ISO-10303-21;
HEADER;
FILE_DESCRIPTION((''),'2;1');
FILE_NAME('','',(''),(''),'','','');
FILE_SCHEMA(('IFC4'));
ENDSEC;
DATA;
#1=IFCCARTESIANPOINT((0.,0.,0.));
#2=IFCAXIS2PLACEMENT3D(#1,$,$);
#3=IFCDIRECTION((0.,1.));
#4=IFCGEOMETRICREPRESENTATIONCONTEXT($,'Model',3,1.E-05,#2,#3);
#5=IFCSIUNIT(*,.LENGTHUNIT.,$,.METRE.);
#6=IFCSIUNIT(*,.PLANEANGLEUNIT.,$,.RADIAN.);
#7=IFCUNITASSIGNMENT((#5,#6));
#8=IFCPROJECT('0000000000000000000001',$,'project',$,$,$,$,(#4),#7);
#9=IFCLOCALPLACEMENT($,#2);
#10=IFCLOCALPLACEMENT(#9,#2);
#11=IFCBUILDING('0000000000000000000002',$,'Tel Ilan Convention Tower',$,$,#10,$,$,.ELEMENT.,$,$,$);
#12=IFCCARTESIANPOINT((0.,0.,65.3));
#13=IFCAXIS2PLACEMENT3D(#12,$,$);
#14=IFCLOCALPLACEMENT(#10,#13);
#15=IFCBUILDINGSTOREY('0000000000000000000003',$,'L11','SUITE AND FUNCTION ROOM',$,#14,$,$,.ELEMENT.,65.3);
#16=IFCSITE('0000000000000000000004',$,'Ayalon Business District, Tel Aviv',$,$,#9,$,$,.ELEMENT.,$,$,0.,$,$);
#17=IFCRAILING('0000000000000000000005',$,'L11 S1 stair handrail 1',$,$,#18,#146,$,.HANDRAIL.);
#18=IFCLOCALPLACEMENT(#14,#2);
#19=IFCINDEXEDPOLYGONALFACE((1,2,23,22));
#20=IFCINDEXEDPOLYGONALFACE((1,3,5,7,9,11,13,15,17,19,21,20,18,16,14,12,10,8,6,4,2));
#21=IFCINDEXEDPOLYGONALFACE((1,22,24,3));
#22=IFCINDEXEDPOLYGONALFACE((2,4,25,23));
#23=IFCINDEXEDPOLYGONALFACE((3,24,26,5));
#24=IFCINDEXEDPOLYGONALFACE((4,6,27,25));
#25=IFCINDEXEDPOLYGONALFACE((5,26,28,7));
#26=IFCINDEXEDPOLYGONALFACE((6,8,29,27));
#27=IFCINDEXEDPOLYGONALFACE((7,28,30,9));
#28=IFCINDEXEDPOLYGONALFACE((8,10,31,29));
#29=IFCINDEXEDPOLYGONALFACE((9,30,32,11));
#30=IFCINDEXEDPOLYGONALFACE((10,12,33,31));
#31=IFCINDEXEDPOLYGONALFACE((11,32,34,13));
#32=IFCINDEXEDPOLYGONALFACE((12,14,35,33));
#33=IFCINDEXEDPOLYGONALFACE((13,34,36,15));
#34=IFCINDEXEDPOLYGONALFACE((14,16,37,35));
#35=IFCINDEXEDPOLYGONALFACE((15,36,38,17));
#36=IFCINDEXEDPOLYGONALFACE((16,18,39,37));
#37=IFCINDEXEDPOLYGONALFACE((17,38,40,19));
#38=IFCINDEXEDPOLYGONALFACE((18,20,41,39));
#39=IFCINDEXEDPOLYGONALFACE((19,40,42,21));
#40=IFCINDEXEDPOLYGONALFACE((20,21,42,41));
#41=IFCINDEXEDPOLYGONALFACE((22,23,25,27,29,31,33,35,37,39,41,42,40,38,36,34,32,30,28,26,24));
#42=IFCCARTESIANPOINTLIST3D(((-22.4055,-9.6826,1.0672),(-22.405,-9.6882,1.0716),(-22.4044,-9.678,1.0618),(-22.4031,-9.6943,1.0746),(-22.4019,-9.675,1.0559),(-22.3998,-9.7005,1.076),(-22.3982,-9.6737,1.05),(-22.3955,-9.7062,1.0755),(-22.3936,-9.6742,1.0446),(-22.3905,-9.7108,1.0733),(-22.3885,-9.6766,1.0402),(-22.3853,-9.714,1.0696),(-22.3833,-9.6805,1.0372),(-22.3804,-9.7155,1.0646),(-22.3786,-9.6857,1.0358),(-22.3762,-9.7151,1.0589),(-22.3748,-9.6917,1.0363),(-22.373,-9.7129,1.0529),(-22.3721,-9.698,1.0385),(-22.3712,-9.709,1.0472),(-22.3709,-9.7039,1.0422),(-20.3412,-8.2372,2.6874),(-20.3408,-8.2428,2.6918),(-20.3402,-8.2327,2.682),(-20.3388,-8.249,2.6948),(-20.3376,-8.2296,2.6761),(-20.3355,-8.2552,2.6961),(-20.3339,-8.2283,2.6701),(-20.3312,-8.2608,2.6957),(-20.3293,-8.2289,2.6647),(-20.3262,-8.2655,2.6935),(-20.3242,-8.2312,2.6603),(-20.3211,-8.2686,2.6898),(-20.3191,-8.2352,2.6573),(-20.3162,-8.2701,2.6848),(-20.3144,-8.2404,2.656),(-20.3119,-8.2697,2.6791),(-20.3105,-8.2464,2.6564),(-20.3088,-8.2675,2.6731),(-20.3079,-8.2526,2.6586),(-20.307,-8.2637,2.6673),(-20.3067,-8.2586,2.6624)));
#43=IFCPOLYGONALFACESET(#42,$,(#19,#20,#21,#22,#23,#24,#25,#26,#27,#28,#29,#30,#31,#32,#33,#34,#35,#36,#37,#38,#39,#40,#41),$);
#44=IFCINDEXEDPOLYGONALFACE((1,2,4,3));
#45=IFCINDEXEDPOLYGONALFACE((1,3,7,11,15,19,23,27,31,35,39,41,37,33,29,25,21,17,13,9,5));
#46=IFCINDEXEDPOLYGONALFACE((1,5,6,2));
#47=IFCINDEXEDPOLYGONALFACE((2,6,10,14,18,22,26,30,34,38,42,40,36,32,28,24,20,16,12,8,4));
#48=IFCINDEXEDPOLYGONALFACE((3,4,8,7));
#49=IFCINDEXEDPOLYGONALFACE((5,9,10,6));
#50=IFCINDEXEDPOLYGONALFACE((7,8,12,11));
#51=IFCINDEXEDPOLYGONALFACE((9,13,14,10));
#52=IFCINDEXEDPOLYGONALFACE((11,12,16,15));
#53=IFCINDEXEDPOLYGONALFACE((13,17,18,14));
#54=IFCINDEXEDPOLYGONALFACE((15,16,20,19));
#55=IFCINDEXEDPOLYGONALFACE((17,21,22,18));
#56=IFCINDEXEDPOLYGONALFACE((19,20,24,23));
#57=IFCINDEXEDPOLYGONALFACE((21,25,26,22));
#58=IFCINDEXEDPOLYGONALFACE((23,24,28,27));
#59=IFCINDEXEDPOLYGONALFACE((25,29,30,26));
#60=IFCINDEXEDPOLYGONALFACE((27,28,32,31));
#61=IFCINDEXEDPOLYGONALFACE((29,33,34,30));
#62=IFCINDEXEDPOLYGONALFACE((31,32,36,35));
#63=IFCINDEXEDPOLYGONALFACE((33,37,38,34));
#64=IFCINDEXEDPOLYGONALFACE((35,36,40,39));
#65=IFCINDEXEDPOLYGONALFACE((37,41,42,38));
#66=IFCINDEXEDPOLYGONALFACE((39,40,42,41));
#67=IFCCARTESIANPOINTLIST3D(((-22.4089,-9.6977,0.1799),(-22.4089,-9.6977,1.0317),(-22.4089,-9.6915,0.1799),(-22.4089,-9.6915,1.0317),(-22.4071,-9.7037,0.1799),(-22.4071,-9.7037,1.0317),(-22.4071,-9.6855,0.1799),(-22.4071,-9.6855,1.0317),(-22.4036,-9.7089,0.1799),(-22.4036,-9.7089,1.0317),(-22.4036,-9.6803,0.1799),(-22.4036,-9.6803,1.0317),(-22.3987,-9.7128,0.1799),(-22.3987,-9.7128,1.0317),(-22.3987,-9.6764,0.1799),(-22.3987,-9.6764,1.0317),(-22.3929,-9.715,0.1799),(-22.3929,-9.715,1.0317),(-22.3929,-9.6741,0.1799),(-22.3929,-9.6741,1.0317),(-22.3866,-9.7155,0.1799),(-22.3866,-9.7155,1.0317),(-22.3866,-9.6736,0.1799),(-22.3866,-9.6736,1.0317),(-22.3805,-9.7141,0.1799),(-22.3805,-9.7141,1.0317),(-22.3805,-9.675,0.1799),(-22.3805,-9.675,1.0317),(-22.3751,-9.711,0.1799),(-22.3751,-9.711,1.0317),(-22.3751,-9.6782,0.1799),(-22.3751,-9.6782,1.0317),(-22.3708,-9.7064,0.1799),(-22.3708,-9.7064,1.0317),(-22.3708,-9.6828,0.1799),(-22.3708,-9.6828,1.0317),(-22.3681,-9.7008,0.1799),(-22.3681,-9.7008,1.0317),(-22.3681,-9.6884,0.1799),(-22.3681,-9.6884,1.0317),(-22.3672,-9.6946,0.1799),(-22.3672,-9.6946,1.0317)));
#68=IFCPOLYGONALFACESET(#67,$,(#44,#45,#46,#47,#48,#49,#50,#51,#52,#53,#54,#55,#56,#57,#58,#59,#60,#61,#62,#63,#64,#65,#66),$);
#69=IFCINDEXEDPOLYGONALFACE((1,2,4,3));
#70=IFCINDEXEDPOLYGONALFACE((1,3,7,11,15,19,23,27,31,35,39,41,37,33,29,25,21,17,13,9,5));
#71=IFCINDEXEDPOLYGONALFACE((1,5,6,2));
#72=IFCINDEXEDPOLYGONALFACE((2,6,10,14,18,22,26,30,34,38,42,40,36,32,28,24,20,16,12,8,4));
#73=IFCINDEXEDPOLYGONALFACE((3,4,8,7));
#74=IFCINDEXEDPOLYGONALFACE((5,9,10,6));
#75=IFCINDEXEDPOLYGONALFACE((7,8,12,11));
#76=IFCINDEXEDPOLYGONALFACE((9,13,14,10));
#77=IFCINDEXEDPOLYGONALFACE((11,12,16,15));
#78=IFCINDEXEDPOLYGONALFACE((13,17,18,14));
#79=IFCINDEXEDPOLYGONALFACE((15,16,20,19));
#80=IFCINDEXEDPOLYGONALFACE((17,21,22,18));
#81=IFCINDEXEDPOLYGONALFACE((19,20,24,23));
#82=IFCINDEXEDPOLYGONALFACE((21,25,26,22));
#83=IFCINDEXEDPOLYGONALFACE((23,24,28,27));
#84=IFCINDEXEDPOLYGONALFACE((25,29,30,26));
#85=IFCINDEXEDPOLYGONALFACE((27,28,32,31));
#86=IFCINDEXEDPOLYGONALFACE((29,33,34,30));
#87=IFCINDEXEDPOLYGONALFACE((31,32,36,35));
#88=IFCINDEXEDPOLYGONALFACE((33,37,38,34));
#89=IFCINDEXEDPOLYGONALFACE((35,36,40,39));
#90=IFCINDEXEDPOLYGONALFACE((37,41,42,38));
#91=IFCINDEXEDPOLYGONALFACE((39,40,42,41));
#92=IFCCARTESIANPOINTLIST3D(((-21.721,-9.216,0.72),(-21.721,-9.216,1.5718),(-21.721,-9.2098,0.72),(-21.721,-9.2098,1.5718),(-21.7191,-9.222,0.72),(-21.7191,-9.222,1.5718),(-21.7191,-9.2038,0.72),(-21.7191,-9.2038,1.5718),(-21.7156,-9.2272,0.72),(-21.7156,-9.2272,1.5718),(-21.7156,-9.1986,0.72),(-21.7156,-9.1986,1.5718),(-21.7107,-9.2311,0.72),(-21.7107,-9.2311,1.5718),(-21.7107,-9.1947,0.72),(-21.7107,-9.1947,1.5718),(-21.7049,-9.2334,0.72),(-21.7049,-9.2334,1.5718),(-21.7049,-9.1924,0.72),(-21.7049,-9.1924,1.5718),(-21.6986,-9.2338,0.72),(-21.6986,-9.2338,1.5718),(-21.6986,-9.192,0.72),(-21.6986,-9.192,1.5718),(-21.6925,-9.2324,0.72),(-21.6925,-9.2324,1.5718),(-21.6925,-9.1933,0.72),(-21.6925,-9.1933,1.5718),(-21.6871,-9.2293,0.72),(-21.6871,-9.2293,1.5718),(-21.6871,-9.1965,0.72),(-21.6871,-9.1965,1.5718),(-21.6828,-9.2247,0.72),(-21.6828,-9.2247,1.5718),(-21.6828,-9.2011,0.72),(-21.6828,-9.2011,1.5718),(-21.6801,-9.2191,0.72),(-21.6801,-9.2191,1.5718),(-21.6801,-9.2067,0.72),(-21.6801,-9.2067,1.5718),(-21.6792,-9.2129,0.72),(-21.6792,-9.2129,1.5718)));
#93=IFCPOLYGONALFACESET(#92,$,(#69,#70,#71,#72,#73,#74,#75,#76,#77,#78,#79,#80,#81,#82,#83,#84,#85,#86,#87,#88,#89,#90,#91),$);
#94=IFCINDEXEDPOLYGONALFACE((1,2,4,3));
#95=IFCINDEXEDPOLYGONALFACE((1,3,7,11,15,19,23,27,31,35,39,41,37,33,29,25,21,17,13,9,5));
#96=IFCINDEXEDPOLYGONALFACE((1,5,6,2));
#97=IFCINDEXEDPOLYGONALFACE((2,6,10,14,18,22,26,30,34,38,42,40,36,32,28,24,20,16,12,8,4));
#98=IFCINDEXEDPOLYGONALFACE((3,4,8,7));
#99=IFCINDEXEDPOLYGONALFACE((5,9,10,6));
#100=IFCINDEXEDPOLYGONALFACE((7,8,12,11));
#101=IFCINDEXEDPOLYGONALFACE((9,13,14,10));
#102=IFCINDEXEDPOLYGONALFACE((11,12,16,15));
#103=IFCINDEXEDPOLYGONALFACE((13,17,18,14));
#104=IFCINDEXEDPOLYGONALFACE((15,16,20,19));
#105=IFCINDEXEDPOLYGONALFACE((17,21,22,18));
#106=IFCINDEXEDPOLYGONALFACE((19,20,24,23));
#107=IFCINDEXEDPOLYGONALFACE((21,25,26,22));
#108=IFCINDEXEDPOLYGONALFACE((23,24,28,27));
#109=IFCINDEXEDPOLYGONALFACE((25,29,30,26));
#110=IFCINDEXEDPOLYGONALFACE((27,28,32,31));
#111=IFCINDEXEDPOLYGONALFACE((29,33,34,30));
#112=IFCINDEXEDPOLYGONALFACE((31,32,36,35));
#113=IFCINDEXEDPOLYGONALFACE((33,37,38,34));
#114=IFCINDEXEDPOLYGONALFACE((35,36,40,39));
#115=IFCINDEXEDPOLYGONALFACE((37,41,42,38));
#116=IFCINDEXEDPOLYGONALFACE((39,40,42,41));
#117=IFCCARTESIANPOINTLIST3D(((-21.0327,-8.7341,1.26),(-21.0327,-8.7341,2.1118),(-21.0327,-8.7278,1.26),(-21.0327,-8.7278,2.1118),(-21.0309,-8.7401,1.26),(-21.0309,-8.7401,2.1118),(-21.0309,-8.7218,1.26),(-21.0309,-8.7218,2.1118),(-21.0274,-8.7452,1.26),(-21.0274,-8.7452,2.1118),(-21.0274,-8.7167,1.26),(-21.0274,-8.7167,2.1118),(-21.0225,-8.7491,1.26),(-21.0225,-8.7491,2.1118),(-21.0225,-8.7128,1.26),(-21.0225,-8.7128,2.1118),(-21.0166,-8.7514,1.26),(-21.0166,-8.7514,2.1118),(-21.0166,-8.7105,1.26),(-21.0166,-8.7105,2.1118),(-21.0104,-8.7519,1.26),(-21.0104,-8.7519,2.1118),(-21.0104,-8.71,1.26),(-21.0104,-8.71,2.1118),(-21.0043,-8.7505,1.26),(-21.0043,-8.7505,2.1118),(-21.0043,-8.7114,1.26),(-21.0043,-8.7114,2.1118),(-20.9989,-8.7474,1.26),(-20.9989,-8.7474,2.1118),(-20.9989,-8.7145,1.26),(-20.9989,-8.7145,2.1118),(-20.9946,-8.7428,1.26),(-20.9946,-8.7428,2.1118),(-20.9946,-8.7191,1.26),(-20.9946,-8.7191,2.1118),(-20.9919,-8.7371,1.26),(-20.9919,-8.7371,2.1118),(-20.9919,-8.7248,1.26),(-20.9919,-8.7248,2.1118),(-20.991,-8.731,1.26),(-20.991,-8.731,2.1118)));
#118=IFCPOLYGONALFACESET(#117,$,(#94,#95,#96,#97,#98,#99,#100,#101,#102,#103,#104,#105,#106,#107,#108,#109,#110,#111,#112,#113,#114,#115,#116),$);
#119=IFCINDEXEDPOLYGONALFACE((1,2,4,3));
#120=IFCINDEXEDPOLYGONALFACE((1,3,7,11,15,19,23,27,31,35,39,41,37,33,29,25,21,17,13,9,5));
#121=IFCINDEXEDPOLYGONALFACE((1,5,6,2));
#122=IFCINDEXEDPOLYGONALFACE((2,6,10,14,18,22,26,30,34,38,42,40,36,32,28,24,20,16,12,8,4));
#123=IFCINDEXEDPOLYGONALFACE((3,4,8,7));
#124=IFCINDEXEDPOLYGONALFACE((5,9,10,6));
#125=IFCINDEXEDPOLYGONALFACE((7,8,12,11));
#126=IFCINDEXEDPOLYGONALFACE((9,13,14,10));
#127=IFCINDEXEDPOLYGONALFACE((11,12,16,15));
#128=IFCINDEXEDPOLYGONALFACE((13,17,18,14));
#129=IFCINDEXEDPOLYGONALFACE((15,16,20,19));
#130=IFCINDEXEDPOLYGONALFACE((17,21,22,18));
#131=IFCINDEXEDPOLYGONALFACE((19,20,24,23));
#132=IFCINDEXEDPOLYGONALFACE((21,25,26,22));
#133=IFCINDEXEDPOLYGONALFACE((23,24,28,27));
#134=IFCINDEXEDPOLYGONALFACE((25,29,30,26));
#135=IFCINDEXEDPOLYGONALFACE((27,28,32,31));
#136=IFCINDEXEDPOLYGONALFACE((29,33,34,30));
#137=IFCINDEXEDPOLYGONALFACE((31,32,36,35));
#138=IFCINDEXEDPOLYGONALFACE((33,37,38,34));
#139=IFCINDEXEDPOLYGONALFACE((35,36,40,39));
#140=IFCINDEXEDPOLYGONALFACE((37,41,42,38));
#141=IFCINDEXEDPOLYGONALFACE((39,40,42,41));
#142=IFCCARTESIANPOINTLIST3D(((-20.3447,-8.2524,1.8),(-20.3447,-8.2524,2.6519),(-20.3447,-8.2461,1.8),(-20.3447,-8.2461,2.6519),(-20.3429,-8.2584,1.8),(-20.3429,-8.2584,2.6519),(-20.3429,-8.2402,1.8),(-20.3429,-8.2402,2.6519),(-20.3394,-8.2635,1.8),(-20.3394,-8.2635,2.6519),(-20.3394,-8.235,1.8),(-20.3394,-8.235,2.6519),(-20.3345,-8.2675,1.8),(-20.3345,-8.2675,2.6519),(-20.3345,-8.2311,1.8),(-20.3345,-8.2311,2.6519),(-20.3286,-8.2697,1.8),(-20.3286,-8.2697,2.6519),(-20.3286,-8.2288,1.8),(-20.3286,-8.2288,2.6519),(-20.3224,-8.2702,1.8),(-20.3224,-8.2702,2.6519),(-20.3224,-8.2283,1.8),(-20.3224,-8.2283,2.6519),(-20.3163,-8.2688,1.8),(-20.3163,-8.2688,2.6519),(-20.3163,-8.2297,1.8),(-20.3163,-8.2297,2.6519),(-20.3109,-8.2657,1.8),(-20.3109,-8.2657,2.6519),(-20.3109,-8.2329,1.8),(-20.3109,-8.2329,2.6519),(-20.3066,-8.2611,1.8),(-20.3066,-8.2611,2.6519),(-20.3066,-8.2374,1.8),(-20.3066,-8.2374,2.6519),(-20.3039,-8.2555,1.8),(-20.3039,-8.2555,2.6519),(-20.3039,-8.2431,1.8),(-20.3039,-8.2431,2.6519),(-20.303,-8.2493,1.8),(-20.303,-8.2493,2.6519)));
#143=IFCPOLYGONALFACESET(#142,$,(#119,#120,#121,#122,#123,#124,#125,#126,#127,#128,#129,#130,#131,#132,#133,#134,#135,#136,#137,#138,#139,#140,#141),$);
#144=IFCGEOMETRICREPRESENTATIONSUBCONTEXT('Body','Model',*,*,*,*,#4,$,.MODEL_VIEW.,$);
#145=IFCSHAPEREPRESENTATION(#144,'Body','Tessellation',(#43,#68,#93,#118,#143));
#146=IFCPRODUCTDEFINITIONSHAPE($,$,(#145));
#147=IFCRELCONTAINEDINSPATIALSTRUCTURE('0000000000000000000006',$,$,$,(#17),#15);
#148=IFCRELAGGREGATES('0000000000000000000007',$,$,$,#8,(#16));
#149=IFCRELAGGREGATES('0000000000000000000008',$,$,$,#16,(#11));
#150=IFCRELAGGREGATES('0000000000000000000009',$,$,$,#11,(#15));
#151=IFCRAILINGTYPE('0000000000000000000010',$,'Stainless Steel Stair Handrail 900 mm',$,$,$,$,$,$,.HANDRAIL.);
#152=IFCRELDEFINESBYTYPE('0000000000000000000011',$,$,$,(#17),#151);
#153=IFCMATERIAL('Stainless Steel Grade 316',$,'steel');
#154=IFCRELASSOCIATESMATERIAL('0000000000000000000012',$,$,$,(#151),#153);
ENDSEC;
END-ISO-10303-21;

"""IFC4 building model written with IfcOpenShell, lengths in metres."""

from ifc_helpers import new_model, si_unit, direction, frame, origin, origin_2d, place, context, subcontext, project, spatial, circle, extrude, material, type_object, element, save


model = new_model("IFC4")

# Units and contexts
model_context = context("Model", 3, precision=1e-05, world=origin(), true_north=direction((0.0, 1.0)))
body_context = subcontext(model_context, "Body", "Model", "MODEL_VIEW")
ifc_project = project(units=[si_unit("LENGTHUNIT", "METRE"), si_unit("PLANEANGLEUNIT", "RADIAN")], contexts=[model_context])

# Site, building, storey
site_placement = place(None, origin())
site = spatial("IfcSite", under=ifc_project, at=site_placement, Name="Ayalon Business District, Tel Aviv", CompositionType="ELEMENT", RefElevation=0.0)
building_placement = place(site_placement, origin())
building = spatial("IfcBuilding", under=site, at=building_placement, Name="Tel Ilan Convention Tower", CompositionType="ELEMENT")
storey_placement = place(building_placement, frame((0.0, 0.0, 65.3)))
storey = spatial("IfcBuildingStorey", under=building, at=storey_placement, Name="L11", Description="SUITE AND FUNCTION ROOM", CompositionType="ELEMENT", Elevation=65.3)

# Railing
ifc_material_1 = material(Name="Stainless Steel Grade 316", Category="steel")
railing_type_1 = type_object("IfcRailingType", Name="Stainless Steel Stair Handrail 900 mm", PredefinedType="HANDRAIL", material=ifc_material_1)
railing_1_placement = place(storey_placement, frame((-22.3882, -9.6946, 0.1799)))
element("IfcRailing", 1, at=railing_1_placement, inside=storey, type_object=railing_type_1, Name="L11 S1 stair handrail 1", PredefinedType="HANDRAIL", context=body_context, shape_type="SweptSolid", body=[
    extrude(circle(Radius=0.0239, at=origin_2d()), frame((0.0, 0.0, 0.876), z_axis=(0.68904, 0.48245, 0.540801), x_axis=(-0.57356, 0.819164, 0.0)), (0.0, 0.0, 1.0), 2.9958),
    extrude(circle(Radius=0.021, at=origin_2d()), origin(), (0.0, 0.0, 1.0), 0.8518),
    extrude(circle(Radius=0.021, at=origin_2d()), frame((0.688, 0.4817, 0.54)), (0.0, 0.0, 1.0), 0.8518),
    extrude(circle(Radius=0.021, at=origin_2d()), frame((1.3762, 0.9636, 1.0801)), (0.0, 0.0, 1.0), 0.8518),
    extrude(circle(Radius=0.021, at=origin_2d()), frame((2.0642, 1.4453, 1.6201)), (0.0, 0.0, 1.0), 0.8518),
])

save(model, "model.ifc")
